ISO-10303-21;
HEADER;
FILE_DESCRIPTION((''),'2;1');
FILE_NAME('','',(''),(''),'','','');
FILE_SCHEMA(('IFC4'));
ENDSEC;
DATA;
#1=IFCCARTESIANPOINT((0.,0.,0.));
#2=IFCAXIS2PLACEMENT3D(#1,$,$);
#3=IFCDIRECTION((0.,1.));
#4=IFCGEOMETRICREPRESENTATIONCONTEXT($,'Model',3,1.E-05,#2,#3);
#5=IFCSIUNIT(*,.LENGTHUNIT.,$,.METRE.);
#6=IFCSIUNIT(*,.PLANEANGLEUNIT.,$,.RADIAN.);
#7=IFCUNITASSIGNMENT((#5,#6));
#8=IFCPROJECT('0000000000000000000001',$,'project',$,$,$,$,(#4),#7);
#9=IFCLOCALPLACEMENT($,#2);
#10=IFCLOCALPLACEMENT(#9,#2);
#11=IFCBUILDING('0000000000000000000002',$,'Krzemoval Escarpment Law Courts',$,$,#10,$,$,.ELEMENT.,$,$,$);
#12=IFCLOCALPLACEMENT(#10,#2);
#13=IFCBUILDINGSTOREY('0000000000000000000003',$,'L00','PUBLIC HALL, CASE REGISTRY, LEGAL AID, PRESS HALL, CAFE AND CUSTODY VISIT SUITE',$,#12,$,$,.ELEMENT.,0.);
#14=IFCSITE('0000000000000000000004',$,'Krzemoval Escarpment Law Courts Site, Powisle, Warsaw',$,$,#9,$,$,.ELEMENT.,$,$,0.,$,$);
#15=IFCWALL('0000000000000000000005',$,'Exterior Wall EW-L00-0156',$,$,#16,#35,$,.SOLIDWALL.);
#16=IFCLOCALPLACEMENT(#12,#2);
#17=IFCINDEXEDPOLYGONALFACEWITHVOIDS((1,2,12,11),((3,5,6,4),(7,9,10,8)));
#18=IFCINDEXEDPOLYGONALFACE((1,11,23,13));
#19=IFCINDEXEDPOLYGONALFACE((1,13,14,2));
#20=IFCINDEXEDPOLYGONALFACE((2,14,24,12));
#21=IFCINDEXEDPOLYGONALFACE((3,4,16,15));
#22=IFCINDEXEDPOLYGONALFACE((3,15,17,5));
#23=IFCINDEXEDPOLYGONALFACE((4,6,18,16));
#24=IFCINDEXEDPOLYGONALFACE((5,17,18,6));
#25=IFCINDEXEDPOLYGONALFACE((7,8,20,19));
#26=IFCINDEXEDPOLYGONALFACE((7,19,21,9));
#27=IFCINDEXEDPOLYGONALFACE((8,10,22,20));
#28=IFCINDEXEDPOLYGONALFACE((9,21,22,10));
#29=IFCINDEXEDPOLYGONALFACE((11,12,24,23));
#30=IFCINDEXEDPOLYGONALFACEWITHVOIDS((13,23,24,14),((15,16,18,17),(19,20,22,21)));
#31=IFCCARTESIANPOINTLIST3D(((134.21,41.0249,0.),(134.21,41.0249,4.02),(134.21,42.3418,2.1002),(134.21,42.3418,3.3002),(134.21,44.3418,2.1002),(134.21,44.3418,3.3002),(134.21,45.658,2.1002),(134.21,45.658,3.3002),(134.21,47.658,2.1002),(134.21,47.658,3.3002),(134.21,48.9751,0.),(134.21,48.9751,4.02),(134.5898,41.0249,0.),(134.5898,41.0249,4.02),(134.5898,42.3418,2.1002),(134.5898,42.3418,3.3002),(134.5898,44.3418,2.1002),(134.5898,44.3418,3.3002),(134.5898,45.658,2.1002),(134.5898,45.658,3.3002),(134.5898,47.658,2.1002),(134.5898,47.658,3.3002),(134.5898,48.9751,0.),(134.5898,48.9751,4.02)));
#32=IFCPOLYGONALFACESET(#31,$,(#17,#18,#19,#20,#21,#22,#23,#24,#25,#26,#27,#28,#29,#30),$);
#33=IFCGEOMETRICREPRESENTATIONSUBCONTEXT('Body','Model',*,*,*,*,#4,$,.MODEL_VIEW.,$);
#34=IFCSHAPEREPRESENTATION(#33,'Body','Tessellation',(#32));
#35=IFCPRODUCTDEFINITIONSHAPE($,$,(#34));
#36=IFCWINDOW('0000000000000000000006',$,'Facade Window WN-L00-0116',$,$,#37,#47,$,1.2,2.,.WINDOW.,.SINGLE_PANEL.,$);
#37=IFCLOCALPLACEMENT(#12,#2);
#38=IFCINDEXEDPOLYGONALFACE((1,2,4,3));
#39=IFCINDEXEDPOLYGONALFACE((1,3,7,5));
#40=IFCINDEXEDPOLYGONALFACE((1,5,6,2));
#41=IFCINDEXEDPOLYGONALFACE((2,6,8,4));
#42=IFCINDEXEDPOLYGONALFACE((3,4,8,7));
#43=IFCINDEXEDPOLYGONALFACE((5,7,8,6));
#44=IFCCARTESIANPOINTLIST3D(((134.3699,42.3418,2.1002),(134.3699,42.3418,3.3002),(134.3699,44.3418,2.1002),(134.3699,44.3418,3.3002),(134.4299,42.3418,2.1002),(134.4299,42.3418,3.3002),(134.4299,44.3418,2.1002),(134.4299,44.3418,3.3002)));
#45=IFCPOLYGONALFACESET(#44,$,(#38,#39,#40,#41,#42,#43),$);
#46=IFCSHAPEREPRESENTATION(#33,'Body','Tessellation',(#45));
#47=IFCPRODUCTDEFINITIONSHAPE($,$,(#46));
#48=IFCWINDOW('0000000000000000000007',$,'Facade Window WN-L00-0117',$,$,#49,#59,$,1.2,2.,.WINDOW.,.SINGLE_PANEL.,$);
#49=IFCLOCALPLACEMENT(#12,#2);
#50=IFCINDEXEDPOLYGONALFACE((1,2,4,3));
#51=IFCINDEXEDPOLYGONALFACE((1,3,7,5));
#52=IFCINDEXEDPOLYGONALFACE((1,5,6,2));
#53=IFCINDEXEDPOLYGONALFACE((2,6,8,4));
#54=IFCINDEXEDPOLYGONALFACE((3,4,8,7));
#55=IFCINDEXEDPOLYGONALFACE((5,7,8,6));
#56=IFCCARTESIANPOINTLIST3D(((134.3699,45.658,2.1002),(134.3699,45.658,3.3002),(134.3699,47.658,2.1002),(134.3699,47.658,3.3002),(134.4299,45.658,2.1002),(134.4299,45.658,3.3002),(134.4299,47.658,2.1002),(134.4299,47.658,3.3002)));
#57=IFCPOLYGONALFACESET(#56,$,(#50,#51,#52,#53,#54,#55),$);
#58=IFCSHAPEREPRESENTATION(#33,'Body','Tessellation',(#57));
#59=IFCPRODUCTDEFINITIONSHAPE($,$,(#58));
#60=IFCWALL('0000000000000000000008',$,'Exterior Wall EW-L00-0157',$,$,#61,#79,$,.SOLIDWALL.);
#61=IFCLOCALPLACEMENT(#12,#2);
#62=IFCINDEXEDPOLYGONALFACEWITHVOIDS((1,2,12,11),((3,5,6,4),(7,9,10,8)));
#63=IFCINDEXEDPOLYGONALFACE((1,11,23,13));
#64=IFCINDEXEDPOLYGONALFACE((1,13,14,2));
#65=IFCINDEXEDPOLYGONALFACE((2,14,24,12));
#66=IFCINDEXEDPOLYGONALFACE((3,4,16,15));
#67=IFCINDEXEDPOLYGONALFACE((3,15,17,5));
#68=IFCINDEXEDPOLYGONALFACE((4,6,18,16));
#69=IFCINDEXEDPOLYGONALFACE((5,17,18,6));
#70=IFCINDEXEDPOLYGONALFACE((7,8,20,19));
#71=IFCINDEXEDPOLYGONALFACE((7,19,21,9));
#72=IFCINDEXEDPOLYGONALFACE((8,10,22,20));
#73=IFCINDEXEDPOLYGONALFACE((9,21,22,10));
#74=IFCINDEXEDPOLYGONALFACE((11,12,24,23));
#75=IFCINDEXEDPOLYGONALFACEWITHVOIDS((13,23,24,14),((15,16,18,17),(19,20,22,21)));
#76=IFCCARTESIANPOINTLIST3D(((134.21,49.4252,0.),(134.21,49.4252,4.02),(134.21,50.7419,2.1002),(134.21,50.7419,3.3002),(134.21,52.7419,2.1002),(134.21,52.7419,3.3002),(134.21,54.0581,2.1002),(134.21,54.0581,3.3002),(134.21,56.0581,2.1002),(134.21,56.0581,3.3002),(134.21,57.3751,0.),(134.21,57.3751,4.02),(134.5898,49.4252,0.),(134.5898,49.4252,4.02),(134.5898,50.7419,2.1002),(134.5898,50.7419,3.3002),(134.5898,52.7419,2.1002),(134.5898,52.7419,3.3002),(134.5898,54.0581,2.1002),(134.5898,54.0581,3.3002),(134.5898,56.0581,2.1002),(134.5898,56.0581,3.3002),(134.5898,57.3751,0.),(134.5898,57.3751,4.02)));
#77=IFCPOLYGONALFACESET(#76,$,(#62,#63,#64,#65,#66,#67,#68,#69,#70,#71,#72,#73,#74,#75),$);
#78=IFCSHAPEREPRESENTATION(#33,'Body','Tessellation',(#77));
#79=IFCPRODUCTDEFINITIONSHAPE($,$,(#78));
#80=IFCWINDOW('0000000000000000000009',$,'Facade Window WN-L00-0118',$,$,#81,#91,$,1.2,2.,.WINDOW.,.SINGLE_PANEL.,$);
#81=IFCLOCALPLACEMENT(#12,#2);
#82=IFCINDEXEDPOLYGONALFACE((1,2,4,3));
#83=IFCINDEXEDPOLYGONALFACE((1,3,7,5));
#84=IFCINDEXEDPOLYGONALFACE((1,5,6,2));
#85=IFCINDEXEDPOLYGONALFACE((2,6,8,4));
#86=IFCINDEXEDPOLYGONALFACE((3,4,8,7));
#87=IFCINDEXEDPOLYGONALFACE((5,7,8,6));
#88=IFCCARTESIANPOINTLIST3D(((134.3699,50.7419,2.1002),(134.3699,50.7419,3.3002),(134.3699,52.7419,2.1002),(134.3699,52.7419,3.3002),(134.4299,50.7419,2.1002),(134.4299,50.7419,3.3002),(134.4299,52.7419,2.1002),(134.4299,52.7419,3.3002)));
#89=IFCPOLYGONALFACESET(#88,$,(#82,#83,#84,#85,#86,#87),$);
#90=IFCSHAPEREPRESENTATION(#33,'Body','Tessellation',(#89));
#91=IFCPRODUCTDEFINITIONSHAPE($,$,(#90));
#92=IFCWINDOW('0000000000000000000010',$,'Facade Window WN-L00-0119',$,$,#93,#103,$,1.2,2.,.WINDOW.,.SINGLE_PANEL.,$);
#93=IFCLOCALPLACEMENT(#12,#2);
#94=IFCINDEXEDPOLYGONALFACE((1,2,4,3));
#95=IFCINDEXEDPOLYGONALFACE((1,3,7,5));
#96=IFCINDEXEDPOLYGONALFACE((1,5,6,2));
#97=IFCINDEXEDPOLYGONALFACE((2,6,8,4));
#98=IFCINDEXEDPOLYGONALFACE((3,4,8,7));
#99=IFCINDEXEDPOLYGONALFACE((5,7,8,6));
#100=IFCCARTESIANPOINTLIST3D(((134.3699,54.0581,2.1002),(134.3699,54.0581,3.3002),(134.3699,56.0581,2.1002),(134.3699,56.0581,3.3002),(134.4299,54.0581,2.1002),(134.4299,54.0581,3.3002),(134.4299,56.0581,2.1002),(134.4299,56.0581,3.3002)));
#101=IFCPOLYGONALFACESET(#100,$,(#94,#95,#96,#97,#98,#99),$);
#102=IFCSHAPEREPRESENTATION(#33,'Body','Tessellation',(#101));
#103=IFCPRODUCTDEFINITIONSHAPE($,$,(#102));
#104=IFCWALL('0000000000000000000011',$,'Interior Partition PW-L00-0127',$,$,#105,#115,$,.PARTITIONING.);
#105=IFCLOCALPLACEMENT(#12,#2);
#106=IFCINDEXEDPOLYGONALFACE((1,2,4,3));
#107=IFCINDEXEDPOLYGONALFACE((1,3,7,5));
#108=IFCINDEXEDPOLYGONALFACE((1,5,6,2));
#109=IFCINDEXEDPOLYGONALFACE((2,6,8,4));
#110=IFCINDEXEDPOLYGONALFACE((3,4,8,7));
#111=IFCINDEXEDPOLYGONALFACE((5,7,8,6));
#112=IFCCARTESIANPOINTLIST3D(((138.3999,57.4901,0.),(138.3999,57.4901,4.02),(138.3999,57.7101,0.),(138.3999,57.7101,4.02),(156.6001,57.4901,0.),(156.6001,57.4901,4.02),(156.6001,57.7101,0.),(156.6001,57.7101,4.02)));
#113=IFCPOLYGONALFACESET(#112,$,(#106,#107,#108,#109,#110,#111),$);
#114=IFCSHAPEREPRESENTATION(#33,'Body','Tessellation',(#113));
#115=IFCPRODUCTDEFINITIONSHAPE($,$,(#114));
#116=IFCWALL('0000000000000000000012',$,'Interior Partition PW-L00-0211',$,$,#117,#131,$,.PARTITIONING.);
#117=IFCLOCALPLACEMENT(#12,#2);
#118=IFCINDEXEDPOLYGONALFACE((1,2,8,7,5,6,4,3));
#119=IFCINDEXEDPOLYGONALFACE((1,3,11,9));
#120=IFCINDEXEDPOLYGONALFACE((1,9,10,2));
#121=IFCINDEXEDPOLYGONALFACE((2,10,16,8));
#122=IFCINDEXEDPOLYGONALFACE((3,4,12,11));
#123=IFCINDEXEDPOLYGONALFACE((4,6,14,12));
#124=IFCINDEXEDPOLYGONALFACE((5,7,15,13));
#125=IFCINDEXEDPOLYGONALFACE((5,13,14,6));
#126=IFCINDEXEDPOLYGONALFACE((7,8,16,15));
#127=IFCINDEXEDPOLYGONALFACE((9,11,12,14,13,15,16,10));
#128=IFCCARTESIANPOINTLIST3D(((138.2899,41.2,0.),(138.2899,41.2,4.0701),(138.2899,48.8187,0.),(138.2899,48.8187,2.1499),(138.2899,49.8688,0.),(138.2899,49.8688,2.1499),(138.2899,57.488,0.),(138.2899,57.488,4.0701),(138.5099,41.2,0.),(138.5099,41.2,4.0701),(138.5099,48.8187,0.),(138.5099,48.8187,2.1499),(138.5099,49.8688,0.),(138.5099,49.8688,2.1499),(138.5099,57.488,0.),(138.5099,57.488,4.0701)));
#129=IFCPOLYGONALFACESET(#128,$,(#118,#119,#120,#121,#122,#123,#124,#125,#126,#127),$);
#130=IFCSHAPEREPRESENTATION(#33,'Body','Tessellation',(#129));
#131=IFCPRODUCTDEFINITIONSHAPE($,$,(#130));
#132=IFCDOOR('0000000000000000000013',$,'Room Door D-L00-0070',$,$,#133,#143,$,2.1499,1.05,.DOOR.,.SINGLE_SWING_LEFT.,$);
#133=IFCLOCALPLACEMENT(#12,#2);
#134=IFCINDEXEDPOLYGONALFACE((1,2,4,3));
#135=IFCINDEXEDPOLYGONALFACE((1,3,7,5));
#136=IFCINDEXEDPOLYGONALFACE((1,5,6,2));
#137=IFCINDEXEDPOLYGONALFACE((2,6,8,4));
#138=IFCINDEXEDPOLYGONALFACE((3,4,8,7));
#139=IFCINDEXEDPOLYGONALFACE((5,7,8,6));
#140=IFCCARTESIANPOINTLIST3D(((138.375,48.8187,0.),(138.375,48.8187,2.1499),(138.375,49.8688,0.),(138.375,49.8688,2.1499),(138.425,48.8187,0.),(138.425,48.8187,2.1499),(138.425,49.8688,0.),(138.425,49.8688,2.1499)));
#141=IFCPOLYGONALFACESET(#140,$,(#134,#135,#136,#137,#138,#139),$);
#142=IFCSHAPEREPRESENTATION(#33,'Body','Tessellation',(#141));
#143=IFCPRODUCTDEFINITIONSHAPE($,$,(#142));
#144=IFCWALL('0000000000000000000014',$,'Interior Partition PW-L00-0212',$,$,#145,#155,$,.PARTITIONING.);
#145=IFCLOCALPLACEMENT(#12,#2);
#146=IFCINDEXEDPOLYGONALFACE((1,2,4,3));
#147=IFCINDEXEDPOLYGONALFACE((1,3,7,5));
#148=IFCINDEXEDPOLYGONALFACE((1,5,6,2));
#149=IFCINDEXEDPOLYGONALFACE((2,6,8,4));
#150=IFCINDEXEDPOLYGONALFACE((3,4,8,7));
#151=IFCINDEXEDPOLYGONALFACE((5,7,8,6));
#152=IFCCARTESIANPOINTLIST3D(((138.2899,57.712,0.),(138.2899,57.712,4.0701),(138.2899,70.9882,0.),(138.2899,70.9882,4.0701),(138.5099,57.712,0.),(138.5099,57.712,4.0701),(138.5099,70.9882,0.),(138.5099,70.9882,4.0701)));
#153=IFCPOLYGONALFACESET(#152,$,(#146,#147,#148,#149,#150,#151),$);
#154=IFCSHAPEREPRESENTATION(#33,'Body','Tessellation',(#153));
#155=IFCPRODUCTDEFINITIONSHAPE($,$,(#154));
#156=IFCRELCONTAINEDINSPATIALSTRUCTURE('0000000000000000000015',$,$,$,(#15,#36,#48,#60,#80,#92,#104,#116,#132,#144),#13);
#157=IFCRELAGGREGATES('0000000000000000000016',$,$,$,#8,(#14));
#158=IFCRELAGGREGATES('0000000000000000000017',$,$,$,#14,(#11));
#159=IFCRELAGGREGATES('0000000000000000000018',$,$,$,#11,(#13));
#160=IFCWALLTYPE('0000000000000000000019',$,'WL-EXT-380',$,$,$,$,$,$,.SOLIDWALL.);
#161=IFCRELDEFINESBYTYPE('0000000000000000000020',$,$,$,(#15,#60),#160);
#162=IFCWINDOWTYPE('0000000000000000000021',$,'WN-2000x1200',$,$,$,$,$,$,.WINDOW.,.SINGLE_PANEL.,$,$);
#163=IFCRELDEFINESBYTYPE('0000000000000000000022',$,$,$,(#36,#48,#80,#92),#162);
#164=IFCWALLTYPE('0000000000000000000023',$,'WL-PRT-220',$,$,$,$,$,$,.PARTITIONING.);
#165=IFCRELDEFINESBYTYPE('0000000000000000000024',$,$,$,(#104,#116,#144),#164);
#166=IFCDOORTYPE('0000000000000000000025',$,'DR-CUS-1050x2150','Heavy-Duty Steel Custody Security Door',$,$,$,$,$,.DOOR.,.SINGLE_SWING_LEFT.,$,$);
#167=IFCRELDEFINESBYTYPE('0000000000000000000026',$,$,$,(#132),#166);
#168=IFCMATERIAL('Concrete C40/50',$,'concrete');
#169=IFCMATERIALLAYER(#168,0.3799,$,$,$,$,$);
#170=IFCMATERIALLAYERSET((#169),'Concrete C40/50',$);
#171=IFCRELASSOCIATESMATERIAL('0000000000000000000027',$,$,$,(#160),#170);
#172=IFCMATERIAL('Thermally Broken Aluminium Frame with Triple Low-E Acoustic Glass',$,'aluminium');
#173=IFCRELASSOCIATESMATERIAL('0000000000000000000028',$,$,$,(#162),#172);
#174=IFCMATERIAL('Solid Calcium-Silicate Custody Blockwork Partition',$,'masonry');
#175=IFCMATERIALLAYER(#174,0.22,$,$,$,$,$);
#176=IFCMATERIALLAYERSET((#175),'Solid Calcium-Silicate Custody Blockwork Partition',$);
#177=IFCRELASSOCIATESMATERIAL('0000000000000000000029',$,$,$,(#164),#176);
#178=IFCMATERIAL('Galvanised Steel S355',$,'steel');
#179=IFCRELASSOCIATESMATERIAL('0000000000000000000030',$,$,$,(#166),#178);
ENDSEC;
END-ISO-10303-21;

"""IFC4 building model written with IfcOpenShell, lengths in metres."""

from ifc_helpers import new_model, si_unit, direction, frame, frame_2d, origin, place, context, subcontext, project, spatial, rectangle, extrude, material, layer, layer_set, type_object, element, fill, save


model = new_model("IFC4")

# Units and contexts
model_context = context("Model", 3, precision=1e-05, world=origin(), true_north=direction((0.0, 1.0)))
body_context = subcontext(model_context, "Body", "Model", "MODEL_VIEW")
ifc_project = project(units=[si_unit("LENGTHUNIT", "METRE"), si_unit("PLANEANGLEUNIT", "RADIAN")], contexts=[model_context])

# Site, building, storey
site_placement = place(None, origin())
site = spatial("IfcSite", under=ifc_project, at=site_placement, Name="Krzemoval Escarpment Law Courts Site, Powisle, Warsaw", CompositionType="ELEMENT", RefElevation=0.0)
building_placement = place(site_placement, origin())
building = spatial("IfcBuilding", under=site, at=building_placement, Name="Krzemoval Escarpment Law Courts", CompositionType="ELEMENT")
storey_placement = place(building_placement, origin())
storey = spatial("IfcBuildingStorey", under=building, at=storey_placement, Name="L00", Description="PUBLIC HALL, CASE REGISTRY, LEGAL AID, PRESS HALL, CAFE AND CUSTODY VISIT SUITE", CompositionType="ELEMENT", Elevation=0.0)

# Walls, openings, windows
ifc_material_1 = material(Name="Concrete C40/50", Category="concrete")
ifc_layer_1 = layer(ifc_material_1, 0.3799)
ifc_layer_set_1 = layer_set([ifc_layer_1], Name="Concrete C40/50")
wall_type_1 = type_object("IfcWallType", Name="WL-EXT-380", PredefinedType="SOLIDWALL", material=ifc_layer_set_1)
wall_1_placement = place(storey_placement, frame((134.3999, 41.0249, 0.0), z_axis=(0.0, 0.0, 1.0), x_axis=(0.0, 1.0, 0.0)))
wall_1 = element("IfcWall", 1, at=wall_1_placement, inside=storey, type_object=wall_type_1, Name="Exterior Wall EW-L00-0156", PredefinedType="SOLIDWALL", context=body_context, shape_type="SweptSolid", body=[
    extrude(rectangle(XDim=7.9502, YDim=0.3799, at=frame_2d((3.9751, 0.0))), origin(), (0.0, 0.0, 1.0), 4.02),
])
opening_1_placement = place(wall_1_placement, frame((1.3169, 0.0, 2.1001)))
opening_1 = element("IfcOpeningElement", 2, at=opening_1_placement, cuts=wall_1, PredefinedType="OPENING", context=body_context, shape_type="SweptSolid", body=[
    extrude(rectangle(XDim=2.0, YDim=1.2, at=frame_2d((1.0, 0.6001))), frame((0.0, 0.2049, 0.0), z_axis=(0.0, -1.0, 0.0), x_axis=(1.0, 0.0, 0.0)), (0.0, 0.0, 1.0), 0.4099),
])
opening_2_placement = place(wall_1_placement, frame((4.6331, 0.0, 2.1001)))
opening_2 = element("IfcOpeningElement", 3, at=opening_2_placement, cuts=wall_1, PredefinedType="OPENING", context=body_context, shape_type="SweptSolid", body=[
    extrude(rectangle(XDim=2.0, YDim=1.2, at=frame_2d((1.0, 0.6001))), frame((0.0, 0.2049, 0.0), z_axis=(0.0, -1.0, 0.0), x_axis=(1.0, 0.0, 0.0)), (0.0, 0.0, 1.0), 0.4099),
])
ifc_material_2 = material(Name="Thermally Broken Aluminium Frame with Triple Low-E Acoustic Glass", Category="aluminium")
window_type = type_object("IfcWindowType", Name="WN-2000x1200", PartitioningType="SINGLE_PANEL", PredefinedType="WINDOW", material=ifc_material_2)
window_1_placement = place(opening_1_placement, origin())
window_1 = element("IfcWindow", 4, at=window_1_placement, inside=storey, type_object=window_type, Name="Facade Window WN-L00-0116", OverallHeight=1.2, OverallWidth=2.0, PartitioningType="SINGLE_PANEL", PredefinedType="WINDOW", context=body_context, shape_type="SweptSolid", body=[
    extrude(rectangle(XDim=2.0, YDim=1.2, at=frame_2d((1.0, 0.6001))), frame((0.0, 0.03, 0.0), z_axis=(0.0, -1.0, 0.0), x_axis=(1.0, 0.0, 0.0)), (0.0, 0.0, 1.0), 0.0601),
])
fill(opening_1, window_1)
window_2_placement = place(opening_2_placement, origin())
window_2 = element("IfcWindow", 5, at=window_2_placement, inside=storey, type_object=window_type, Name="Facade Window WN-L00-0117", OverallHeight=1.2, OverallWidth=2.0, PartitioningType="SINGLE_PANEL", PredefinedType="WINDOW", context=body_context, shape_type="SweptSolid", body=[
    extrude(rectangle(XDim=2.0, YDim=1.2, at=frame_2d((1.0, 0.6001))), frame((0.0, 0.03, 0.0), z_axis=(0.0, -1.0, 0.0), x_axis=(1.0, 0.0, 0.0)), (0.0, 0.0, 1.0), 0.0601),
])
fill(opening_2, window_2)
wall_2_placement = place(storey_placement, frame((134.3999, 49.425, 0.0), z_axis=(0.0, 0.0, 1.0), x_axis=(0.0, 1.0, 0.0)))
wall_2 = element("IfcWall", 6, at=wall_2_placement, inside=storey, type_object=wall_type_1, Name="Exterior Wall EW-L00-0157", PredefinedType="SOLIDWALL", context=body_context, shape_type="SweptSolid", body=[
    extrude(rectangle(XDim=7.95, YDim=0.3799, at=frame_2d((3.9751, 0.0))), origin(), (0.0, 0.0, 1.0), 4.02),
])
opening_3_placement = place(wall_2_placement, frame((1.3169, 0.0, 2.1001)))
opening_3 = element("IfcOpeningElement", 7, at=opening_3_placement, cuts=wall_2, PredefinedType="OPENING", context=body_context, shape_type="SweptSolid", body=[
    extrude(rectangle(XDim=2.0, YDim=1.2, at=frame_2d((1.0, 0.6001))), frame((0.0, 0.2049, 0.0), z_axis=(0.0, -1.0, 0.0), x_axis=(1.0, 0.0, 0.0)), (0.0, 0.0, 1.0), 0.4099),
])
opening_4_placement = place(wall_2_placement, frame((4.6331, 0.0, 2.1001)))
opening_4 = element("IfcOpeningElement", 8, at=opening_4_placement, cuts=wall_2, PredefinedType="OPENING", context=body_context, shape_type="SweptSolid", body=[
    extrude(rectangle(XDim=2.0, YDim=1.2, at=frame_2d((1.0, 0.6001))), frame((0.0, 0.2049, 0.0), z_axis=(0.0, -1.0, 0.0), x_axis=(1.0, 0.0, 0.0)), (0.0, 0.0, 1.0), 0.4099),
])
window_3_placement = place(opening_3_placement, origin())
window_3 = element("IfcWindow", 9, at=window_3_placement, inside=storey, type_object=window_type, Name="Facade Window WN-L00-0118", OverallHeight=1.2, OverallWidth=2.0, PartitioningType="SINGLE_PANEL", PredefinedType="WINDOW", context=body_context, shape_type="SweptSolid", body=[
    extrude(rectangle(XDim=2.0, YDim=1.2, at=frame_2d((1.0, 0.6001))), frame((0.0, 0.03, 0.0), z_axis=(0.0, -1.0, 0.0), x_axis=(1.0, 0.0, 0.0)), (0.0, 0.0, 1.0), 0.0601),
])
fill(opening_3, window_3)
window_4_placement = place(opening_4_placement, origin())
window_4 = element("IfcWindow", 10, at=window_4_placement, inside=storey, type_object=window_type, Name="Facade Window WN-L00-0119", OverallHeight=1.2, OverallWidth=2.0, PartitioningType="SINGLE_PANEL", PredefinedType="WINDOW", context=body_context, shape_type="SweptSolid", body=[
    extrude(rectangle(XDim=2.0, YDim=1.2, at=frame_2d((1.0, 0.6001))), frame((0.0, 0.03, 0.0), z_axis=(0.0, -1.0, 0.0), x_axis=(1.0, 0.0, 0.0)), (0.0, 0.0, 1.0), 0.0601),
])
fill(opening_4, window_4)

# Wall
ifc_material_3 = material(Name="Solid Calcium-Silicate Custody Blockwork Partition", Category="masonry")
ifc_layer_2 = layer(ifc_material_3, 0.22)
ifc_layer_set_2 = layer_set([ifc_layer_2], Name="Solid Calcium-Silicate Custody Blockwork Partition")
wall_type_2 = type_object("IfcWallType", Name="WL-PRT-220", PredefinedType="PARTITIONING", material=ifc_layer_set_2)
wall_3_placement = place(storey_placement, frame((138.3999, 57.6001, 0.0), z_axis=(0.0, 0.0, 1.0), x_axis=(1.0, 0.0, 0.0)))
element("IfcWall", 11, at=wall_3_placement, inside=storey, type_object=wall_type_2, Name="Interior Partition PW-L00-0127", PredefinedType="PARTITIONING", context=body_context, shape_type="SweptSolid", body=[
    extrude(rectangle(XDim=18.2002, YDim=0.22, at=frame_2d((9.1001, 0.0))), origin(), (0.0, 0.0, 1.0), 4.02),
])

# Wall, opening, door
wall_4_placement = place(storey_placement, frame((138.3999, 41.2, 0.0), z_axis=(0.0, 0.0, 1.0), x_axis=(0.0, 1.0, 0.0)))
wall_4 = element("IfcWall", 12, at=wall_4_placement, inside=storey, type_object=wall_type_2, Name="Interior Partition PW-L00-0211", PredefinedType="PARTITIONING", context=body_context, shape_type="SweptSolid", body=[
    extrude(rectangle(XDim=16.2881, YDim=0.22, at=frame_2d((8.144, 0.0))), origin(), (0.0, 0.0, 1.0), 4.0701),
])
opening_5_placement = place(wall_4_placement, frame((7.6189, 0.0, 0.0)))
opening_5 = element("IfcOpeningElement", 13, at=opening_5_placement, cuts=wall_4, PredefinedType="OPENING", context=body_context, shape_type="SweptSolid", body=[
    extrude(rectangle(XDim=1.05, YDim=2.1499, at=frame_2d((0.5249, 1.075))), frame((0.0, 0.125, 0.0), z_axis=(0.0, -1.0, 0.0), x_axis=(1.0, 0.0, 0.0)), (0.0, 0.0, 1.0), 0.25),
])
ifc_material_4 = material(Name="Galvanised Steel S355", Category="steel")
door_type = type_object("IfcDoorType", Name="DR-CUS-1050x2150", Description="Heavy-Duty Steel Custody Security Door", OperationType="SINGLE_SWING_LEFT", PredefinedType="DOOR", material=ifc_material_4)
door_placement = place(opening_5_placement, origin())
door = element("IfcDoor", 14, at=door_placement, inside=storey, type_object=door_type, Name="Room Door D-L00-0070", OperationType="SINGLE_SWING_LEFT", OverallHeight=2.1499, OverallWidth=1.05, PredefinedType="DOOR", context=body_context, shape_type="SweptSolid", body=[
    extrude(rectangle(XDim=1.05, YDim=2.1499, at=frame_2d((0.5249, 1.075))), frame((0.0, 0.0249, 0.0), z_axis=(0.0, -1.0, 0.0), x_axis=(1.0, 0.0, 0.0)), (0.0, 0.0, 1.0), 0.05),
])
fill(opening_5, door)

# Wall
wall_5_placement = place(storey_placement, frame((138.3999, 57.7119, 0.0), z_axis=(0.0, 0.0, 1.0), x_axis=(0.0, 1.0, 0.0)))
element("IfcWall", 15, at=wall_5_placement, inside=storey, type_object=wall_type_2, Name="Interior Partition PW-L00-0212", PredefinedType="PARTITIONING", context=body_context, shape_type="SweptSolid", body=[
    extrude(rectangle(XDim=13.2761, YDim=0.22, at=frame_2d((6.6382, 0.0))), origin(), (0.0, 0.0, 1.0), 4.0701),
])

save(model, "model.ifc")
